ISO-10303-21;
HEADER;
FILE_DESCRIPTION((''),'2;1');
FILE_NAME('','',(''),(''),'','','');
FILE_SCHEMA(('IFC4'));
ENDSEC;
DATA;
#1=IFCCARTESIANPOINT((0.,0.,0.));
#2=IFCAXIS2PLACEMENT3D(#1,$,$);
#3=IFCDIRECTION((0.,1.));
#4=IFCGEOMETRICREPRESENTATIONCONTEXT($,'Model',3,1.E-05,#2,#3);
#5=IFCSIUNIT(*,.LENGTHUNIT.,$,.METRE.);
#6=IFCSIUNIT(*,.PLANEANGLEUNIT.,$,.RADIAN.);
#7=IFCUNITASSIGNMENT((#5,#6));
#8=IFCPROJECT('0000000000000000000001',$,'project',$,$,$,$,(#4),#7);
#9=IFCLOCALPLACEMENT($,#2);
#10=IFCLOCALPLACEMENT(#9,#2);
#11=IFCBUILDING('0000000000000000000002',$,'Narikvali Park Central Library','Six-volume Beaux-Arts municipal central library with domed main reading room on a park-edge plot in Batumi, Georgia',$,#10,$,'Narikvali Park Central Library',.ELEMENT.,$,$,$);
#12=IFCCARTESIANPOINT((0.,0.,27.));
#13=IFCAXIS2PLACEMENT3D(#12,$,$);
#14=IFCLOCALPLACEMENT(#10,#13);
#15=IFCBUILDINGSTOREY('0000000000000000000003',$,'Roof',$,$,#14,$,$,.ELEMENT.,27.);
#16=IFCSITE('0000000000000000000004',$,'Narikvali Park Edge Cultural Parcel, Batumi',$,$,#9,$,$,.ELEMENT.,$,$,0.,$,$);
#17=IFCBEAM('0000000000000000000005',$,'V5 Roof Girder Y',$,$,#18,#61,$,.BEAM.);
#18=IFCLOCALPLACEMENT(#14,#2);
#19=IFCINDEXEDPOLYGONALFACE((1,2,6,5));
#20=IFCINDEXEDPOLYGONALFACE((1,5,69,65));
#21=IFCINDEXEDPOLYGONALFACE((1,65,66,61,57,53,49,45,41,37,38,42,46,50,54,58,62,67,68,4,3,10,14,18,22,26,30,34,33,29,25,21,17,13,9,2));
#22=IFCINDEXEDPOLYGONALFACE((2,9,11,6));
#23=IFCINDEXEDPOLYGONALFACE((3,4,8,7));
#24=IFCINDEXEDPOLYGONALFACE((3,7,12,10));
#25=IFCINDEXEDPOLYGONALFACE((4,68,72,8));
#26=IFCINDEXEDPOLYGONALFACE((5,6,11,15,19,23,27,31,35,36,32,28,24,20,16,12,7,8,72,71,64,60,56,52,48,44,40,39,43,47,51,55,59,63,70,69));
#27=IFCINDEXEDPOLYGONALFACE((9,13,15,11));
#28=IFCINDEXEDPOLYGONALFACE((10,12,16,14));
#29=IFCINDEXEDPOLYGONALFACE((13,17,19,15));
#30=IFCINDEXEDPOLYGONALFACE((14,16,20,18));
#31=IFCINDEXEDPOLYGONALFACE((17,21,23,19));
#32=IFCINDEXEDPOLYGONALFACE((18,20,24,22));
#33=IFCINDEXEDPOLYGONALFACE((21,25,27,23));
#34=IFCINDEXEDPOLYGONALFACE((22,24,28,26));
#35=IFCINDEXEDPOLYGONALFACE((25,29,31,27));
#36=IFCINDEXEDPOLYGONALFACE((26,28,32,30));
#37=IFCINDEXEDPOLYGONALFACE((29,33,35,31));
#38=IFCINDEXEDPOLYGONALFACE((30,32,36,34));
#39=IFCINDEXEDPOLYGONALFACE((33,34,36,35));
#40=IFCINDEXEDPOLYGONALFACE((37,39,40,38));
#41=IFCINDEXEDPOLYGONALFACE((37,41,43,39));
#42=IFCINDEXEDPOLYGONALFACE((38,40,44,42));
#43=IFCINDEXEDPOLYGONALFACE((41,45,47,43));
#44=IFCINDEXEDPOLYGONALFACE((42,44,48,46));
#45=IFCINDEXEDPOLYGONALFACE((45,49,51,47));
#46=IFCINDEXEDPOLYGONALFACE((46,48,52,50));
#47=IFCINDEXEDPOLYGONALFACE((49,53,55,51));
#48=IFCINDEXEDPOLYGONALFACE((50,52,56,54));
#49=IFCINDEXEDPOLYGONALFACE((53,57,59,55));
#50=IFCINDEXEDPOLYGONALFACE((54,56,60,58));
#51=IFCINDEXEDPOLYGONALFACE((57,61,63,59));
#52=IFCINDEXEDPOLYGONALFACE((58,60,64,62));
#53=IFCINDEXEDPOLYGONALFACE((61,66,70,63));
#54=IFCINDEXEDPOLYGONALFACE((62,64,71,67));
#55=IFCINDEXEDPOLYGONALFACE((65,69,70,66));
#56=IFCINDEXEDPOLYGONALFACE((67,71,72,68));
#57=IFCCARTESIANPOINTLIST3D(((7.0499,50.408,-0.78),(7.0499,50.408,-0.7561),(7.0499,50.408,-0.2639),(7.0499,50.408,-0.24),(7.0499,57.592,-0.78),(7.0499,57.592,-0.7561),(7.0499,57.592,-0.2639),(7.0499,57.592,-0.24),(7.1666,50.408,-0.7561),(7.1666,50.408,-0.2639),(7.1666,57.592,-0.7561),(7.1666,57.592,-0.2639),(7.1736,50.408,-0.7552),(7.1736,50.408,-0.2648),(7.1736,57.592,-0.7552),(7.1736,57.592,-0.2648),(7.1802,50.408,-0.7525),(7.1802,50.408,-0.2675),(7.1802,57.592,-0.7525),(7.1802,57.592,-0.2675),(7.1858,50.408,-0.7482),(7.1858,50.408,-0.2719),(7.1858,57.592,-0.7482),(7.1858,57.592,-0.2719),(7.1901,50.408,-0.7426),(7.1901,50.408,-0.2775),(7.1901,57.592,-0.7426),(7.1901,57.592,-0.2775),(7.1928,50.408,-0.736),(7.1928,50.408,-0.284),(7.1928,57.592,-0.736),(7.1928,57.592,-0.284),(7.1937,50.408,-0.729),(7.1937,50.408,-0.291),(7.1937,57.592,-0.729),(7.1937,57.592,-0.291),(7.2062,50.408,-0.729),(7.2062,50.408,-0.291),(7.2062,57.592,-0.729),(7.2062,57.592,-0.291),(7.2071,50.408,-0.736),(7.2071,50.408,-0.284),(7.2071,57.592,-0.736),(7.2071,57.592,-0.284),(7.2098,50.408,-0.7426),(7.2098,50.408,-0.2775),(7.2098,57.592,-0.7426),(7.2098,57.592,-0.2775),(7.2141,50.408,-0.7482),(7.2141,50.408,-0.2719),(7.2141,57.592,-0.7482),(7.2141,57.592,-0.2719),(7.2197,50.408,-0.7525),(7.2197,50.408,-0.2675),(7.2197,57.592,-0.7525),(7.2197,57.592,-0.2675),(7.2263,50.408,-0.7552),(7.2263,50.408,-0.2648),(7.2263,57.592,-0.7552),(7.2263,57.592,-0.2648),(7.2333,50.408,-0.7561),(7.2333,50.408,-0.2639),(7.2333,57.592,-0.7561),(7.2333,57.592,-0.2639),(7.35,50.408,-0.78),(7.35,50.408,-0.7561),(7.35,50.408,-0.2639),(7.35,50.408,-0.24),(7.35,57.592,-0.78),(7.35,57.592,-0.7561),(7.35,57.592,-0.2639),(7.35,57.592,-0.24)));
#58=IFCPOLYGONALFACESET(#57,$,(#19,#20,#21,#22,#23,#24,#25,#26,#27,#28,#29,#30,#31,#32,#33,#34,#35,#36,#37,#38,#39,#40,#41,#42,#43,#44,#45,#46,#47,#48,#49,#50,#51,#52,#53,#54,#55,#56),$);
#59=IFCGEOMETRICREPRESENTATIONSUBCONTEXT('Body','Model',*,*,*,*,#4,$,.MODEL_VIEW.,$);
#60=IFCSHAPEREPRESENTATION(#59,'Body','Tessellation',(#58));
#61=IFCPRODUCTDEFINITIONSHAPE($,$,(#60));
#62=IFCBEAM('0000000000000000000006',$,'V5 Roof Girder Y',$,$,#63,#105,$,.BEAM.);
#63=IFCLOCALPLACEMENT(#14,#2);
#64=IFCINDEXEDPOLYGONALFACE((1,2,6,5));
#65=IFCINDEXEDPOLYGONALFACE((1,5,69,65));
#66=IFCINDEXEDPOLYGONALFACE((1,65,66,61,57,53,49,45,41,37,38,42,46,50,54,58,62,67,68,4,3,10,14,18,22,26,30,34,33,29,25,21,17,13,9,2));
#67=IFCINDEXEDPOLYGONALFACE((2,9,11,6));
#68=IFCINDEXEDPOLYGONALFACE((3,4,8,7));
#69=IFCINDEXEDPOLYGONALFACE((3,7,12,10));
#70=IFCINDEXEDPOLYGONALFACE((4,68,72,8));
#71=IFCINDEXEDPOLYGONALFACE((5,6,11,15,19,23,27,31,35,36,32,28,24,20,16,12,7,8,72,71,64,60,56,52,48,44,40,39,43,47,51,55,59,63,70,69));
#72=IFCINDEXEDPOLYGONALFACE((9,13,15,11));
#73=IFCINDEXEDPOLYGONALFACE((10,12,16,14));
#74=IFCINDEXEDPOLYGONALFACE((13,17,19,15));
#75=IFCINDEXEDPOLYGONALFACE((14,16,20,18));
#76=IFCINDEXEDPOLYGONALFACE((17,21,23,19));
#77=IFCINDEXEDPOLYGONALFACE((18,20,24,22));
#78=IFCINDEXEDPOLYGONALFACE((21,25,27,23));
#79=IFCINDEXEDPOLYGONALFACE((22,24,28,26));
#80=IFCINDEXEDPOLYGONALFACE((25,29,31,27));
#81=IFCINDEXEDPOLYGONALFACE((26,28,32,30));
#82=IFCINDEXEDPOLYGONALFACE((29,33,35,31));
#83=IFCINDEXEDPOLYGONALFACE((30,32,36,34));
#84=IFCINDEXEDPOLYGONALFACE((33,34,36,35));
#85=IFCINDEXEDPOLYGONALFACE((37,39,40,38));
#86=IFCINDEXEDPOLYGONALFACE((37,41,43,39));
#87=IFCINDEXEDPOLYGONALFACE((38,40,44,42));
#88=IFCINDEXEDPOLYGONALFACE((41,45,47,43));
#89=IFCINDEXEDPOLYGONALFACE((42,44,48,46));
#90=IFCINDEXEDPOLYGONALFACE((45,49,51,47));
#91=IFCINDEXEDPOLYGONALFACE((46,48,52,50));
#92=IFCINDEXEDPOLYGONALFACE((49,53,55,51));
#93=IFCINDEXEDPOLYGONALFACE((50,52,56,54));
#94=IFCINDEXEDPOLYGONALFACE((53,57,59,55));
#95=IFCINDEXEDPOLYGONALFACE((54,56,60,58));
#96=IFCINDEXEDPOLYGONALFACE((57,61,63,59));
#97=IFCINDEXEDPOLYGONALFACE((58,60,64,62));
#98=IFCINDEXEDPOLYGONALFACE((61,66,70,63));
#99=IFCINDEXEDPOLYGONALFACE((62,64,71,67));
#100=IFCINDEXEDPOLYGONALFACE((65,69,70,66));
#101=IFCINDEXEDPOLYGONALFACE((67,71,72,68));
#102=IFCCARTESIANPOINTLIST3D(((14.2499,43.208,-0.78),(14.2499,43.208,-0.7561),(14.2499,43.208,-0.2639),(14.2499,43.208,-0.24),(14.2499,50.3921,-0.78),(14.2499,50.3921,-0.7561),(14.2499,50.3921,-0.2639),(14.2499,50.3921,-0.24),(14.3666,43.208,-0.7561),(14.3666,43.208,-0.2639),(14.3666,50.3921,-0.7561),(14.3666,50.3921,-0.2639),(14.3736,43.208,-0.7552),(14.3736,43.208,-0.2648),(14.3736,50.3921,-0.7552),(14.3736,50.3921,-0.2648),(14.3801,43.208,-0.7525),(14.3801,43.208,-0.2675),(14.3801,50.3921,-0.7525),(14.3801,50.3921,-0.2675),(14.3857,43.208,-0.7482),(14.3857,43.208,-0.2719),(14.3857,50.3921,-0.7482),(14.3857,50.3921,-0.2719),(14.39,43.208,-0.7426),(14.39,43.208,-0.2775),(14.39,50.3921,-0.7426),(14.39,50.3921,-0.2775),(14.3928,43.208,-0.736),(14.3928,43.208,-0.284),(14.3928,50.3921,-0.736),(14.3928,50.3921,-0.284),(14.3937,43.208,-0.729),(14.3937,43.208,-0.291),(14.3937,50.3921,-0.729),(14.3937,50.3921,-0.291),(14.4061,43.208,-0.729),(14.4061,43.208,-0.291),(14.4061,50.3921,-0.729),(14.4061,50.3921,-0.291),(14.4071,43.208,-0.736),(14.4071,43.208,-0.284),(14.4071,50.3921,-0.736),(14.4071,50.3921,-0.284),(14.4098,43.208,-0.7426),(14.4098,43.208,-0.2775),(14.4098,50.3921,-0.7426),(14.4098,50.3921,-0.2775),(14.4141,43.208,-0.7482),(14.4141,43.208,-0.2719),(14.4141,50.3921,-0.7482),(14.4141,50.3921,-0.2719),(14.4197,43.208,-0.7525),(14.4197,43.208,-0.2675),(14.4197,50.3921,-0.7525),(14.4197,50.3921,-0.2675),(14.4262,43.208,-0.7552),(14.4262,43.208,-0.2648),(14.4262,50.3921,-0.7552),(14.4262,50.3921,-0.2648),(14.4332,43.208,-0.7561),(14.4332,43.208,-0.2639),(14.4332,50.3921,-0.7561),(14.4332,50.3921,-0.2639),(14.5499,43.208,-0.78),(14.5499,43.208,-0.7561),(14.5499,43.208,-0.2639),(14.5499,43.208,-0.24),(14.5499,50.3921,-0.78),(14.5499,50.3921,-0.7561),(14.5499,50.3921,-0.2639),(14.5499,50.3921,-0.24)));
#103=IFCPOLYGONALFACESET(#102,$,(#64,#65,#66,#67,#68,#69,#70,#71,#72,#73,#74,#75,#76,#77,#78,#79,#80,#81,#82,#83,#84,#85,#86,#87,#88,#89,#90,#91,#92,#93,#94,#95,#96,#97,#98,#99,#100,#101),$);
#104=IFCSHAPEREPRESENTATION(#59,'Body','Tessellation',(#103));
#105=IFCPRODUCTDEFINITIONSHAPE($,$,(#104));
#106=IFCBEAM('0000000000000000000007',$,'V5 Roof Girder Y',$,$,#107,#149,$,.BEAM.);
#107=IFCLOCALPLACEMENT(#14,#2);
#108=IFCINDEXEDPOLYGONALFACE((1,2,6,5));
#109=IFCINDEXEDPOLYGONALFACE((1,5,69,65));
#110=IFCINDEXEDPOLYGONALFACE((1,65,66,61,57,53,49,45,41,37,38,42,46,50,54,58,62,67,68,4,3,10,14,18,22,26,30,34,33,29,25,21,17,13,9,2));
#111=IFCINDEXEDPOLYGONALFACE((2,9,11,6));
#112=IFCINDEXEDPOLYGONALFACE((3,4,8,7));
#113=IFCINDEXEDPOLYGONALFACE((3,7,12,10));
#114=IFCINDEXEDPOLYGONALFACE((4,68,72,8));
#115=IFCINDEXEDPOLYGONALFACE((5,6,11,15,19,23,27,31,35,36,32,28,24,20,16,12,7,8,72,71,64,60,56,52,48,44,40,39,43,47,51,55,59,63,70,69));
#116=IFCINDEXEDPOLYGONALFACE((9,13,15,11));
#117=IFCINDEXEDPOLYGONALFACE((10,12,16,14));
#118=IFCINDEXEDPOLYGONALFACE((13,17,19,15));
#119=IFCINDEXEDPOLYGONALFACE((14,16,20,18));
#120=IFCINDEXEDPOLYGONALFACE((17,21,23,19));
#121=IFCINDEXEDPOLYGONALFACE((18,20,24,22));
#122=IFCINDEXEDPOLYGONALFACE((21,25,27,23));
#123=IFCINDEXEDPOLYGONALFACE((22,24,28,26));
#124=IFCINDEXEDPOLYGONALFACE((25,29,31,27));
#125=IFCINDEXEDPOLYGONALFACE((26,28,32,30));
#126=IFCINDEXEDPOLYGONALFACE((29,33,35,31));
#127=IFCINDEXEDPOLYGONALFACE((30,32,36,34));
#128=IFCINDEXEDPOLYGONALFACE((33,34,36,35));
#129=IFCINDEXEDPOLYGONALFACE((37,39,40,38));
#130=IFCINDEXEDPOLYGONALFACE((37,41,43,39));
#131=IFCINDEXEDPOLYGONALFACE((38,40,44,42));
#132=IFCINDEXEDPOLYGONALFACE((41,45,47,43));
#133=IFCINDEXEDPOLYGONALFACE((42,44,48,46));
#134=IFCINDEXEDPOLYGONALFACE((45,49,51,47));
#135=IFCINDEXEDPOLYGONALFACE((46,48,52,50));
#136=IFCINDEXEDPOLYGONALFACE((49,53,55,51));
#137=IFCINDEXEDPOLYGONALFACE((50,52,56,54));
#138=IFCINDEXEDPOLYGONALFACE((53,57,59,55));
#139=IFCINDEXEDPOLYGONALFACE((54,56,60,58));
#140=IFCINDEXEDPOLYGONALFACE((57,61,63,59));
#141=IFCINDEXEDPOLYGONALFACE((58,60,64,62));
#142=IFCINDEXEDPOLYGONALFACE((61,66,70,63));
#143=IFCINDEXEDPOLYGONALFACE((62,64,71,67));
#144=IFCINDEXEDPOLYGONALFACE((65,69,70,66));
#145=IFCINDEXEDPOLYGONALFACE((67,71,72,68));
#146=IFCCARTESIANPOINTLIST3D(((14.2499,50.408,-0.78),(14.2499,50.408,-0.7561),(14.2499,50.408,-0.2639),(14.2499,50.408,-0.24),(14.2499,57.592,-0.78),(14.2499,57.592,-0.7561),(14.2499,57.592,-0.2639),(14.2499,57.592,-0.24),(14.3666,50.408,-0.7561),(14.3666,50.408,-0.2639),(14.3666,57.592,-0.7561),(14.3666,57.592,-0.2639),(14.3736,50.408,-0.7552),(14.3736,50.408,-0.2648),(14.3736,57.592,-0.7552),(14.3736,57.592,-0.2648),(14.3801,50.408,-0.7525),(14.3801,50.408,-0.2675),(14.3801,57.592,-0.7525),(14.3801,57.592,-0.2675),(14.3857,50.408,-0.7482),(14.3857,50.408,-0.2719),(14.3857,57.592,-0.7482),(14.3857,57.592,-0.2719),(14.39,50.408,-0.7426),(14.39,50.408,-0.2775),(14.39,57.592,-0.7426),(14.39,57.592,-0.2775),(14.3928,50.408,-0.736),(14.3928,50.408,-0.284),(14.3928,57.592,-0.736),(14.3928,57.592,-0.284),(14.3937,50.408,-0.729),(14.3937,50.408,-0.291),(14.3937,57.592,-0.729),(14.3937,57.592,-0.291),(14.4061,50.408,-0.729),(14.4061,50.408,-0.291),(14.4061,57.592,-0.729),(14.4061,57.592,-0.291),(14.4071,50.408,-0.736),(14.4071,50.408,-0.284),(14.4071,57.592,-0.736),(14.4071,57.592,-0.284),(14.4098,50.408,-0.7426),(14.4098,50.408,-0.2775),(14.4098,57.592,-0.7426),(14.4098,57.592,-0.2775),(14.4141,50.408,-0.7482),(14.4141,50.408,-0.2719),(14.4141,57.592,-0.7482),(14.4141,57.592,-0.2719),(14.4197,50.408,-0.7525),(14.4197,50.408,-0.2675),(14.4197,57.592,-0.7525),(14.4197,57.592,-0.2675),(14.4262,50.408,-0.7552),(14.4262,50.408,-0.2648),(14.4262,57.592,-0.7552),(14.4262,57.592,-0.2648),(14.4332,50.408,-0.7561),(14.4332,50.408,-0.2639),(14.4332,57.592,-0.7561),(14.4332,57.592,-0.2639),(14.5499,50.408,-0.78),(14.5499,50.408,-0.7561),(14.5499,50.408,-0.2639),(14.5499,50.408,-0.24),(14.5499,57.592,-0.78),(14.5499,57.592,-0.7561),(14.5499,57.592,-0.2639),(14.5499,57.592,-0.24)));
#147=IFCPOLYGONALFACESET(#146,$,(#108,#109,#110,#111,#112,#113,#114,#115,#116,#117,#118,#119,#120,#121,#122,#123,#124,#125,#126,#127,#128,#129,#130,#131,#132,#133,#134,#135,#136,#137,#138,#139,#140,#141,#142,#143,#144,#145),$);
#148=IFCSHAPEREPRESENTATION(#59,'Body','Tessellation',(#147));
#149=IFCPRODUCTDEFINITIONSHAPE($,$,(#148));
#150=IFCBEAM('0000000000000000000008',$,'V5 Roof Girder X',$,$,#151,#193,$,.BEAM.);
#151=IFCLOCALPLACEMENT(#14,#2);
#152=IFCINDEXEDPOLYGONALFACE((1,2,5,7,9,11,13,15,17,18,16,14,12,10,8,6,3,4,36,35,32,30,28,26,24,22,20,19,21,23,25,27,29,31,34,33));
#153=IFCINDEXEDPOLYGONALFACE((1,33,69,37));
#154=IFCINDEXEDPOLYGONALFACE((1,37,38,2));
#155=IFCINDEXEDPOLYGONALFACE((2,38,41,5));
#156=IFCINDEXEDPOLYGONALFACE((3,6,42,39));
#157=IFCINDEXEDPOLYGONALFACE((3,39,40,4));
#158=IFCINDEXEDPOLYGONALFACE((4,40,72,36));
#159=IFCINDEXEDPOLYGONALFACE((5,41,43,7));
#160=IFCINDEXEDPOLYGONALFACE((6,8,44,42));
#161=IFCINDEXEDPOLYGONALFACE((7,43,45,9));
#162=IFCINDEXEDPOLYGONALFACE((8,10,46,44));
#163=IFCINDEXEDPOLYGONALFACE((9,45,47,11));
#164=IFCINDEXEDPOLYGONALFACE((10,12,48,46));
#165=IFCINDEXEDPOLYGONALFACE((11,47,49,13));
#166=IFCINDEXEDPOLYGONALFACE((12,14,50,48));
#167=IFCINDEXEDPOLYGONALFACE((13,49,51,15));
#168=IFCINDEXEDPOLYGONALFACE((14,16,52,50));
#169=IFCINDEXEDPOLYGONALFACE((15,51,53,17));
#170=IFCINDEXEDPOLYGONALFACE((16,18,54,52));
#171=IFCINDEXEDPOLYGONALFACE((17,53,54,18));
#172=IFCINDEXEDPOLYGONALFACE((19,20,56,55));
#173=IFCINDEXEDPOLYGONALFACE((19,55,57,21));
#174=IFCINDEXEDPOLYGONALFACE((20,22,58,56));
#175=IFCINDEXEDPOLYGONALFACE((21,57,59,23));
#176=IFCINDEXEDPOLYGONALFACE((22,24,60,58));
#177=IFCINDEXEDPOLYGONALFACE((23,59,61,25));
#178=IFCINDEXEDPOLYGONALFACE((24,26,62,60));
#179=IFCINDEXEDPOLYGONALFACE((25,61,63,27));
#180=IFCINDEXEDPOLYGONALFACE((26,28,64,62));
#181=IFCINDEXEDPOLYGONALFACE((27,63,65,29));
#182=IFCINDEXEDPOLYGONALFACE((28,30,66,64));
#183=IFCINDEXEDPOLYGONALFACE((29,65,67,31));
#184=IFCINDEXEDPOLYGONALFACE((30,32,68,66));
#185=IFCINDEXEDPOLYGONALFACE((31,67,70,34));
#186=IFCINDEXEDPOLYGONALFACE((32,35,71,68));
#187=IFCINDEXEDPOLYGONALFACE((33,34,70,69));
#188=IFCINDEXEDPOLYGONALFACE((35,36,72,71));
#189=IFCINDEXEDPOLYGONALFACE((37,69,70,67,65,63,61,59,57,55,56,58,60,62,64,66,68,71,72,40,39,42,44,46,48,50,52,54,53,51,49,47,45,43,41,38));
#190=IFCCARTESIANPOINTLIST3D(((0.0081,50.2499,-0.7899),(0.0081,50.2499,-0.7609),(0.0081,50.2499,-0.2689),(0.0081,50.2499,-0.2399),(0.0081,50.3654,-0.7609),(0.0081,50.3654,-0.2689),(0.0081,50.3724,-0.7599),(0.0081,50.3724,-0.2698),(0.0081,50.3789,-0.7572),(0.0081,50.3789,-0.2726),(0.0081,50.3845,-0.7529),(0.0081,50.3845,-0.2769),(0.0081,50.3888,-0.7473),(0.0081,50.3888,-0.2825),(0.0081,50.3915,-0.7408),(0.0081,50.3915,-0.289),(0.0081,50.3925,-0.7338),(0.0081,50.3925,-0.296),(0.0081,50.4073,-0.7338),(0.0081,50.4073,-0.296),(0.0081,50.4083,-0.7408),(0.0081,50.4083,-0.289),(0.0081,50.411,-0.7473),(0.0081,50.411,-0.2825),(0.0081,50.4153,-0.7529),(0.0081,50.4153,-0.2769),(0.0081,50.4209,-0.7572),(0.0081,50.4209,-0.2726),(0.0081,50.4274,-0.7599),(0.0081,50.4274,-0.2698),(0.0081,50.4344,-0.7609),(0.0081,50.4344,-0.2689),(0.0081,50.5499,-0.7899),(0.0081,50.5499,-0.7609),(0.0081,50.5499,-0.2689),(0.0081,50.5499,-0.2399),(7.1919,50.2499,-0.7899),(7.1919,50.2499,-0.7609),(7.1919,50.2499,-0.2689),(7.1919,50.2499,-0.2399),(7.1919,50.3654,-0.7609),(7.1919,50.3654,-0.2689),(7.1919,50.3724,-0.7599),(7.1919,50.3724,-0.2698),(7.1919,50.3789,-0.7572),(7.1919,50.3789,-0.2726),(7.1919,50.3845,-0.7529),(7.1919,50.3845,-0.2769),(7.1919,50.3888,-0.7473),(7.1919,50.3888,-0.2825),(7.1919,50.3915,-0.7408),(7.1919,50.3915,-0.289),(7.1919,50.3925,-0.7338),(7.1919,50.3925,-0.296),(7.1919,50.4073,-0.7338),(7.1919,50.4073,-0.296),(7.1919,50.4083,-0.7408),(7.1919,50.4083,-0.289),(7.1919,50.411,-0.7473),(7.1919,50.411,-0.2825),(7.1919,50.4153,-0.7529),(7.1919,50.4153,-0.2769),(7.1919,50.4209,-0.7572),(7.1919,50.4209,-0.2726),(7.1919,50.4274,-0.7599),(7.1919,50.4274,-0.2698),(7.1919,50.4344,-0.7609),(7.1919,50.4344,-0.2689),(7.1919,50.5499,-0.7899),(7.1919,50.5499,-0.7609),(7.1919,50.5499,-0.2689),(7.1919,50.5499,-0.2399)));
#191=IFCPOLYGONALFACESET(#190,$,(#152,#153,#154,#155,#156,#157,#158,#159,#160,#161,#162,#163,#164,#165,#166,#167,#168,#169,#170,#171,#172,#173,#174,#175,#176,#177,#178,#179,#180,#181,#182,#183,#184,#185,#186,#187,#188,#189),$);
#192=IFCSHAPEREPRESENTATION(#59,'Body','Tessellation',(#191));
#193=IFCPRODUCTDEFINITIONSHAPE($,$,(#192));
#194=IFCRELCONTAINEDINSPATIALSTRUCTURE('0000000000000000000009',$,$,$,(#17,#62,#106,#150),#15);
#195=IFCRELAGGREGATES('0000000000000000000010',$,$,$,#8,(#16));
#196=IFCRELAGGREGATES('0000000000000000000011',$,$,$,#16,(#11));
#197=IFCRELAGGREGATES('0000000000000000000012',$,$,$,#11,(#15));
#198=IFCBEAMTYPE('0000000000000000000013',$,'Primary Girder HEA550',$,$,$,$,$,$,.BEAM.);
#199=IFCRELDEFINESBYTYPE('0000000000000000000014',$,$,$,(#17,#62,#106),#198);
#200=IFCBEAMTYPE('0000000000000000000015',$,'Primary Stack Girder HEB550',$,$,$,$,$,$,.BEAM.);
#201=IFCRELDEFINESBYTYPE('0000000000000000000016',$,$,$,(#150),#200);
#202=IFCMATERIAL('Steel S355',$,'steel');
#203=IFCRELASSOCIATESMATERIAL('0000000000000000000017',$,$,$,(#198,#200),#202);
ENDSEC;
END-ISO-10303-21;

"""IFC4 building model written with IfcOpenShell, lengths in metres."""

from ifc_helpers import new_model, si_unit, direction, frame, origin, origin_2d, place, context, subcontext, project, spatial, i_section, extrude, material, material_profile, profile_set, type_object, element, save


model = new_model("IFC4")

# Units and contexts
model_context = context("Model", 3, precision=1e-05, world=origin(), true_north=direction((0.0, 1.0)))
body_context = subcontext(model_context, "Body", "Model", "MODEL_VIEW")
ifc_project = project(units=[si_unit("LENGTHUNIT", "METRE"), si_unit("PLANEANGLEUNIT", "RADIAN")], contexts=[model_context])

# Site, building, storey
site_placement = place(None, origin())
site = spatial("IfcSite", under=ifc_project, at=site_placement, Name="Narikvali Park Edge Cultural Parcel, Batumi", CompositionType="ELEMENT", RefElevation=0.0)
building_placement = place(site_placement, origin())
building = spatial("IfcBuilding", under=site, at=building_placement, Name="Narikvali Park Central Library", Description="Six-volume Beaux-Arts municipal central library with domed main reading room on a park-edge plot in Batumi, Georgia", LongName="Narikvali Park Central Library", CompositionType="ELEMENT")
storey_placement = place(building_placement, frame((0.0, 0.0, 27.0)))
storey = spatial("IfcBuildingStorey", under=building, at=storey_placement, Name="Roof", CompositionType="ELEMENT", Elevation=27.0)

# Beams
ifc_material_1 = material(Name="Steel S355", Category="steel")
ifc_material_profile_1 = material_profile(ifc_material_1, i_section(OverallWidth=0.3, OverallDepth=0.54, WebThickness=0.0125, FlangeThickness=0.0239, FilletRadius=0.0271, at=origin_2d()), Name="HEA 550")
ifc_profile_set_1 = profile_set([ifc_material_profile_1], Name="Steel S355")
beam_type_1 = type_object("IfcBeamType", Name="Primary Girder HEA550", PredefinedType="BEAM", material=ifc_profile_set_1)
for number, where, z_axis, x_axis, name in (
    (1, (7.2, 50.408, -0.51), (0.0, 1.0, 0.0), (-1.0, 0.0, 0.0), "V5 Roof Girder Y"),
    (2, (14.3999, 43.208, -0.51), (0.0, 1.0, 0.0), (-1.0, 0.0, 0.0), "V5 Roof Girder Y"),
    (3, (14.3999, 50.408, -0.51), (0.0, 1.0, 0.0), (-1.0, 0.0, 0.0), "V5 Roof Girder Y"),
):
    element("IfcBeam", number, at=place(storey_placement, frame(where, z_axis=z_axis, x_axis=x_axis)), inside=storey, type_object=beam_type_1, Name=name, PredefinedType="BEAM", context=body_context, shape_type="SweptSolid", body=[
        extrude(i_section(OverallWidth=0.3, OverallDepth=0.54, WebThickness=0.0125, FlangeThickness=0.0239, FilletRadius=0.0271, at=origin_2d()), origin(), (0.0, 0.0, 1.0), 7.1841),
    ])
ifc_material_profile_2 = material_profile(ifc_material_1, i_section(OverallWidth=0.3, OverallDepth=0.55, WebThickness=0.0149, FlangeThickness=0.0291, FilletRadius=0.0271, at=origin_2d()), Name="HEB 550")
ifc_profile_set_2 = profile_set([ifc_material_profile_2], Name="Steel S355")
beam_type_2 = type_object("IfcBeamType", Name="Primary Stack Girder HEB550", PredefinedType="BEAM", material=ifc_profile_set_2)
beam_1_placement = place(storey_placement, frame((0.0081, 50.3999, -0.5149), z_axis=(1.0, 0.0, 0.0), x_axis=(0.0, 1.0, 0.0)))
element("IfcBeam", 4, at=beam_1_placement, inside=storey, type_object=beam_type_2, Name="V5 Roof Girder X", PredefinedType="BEAM", context=body_context, shape_type="SweptSolid", body=[
    extrude(i_section(OverallWidth=0.3, OverallDepth=0.55, WebThickness=0.0149, FlangeThickness=0.0291, FilletRadius=0.0271, at=origin_2d()), origin(), (0.0, 0.0, 1.0), 7.1838),
])

save(model, "model.ifc")
